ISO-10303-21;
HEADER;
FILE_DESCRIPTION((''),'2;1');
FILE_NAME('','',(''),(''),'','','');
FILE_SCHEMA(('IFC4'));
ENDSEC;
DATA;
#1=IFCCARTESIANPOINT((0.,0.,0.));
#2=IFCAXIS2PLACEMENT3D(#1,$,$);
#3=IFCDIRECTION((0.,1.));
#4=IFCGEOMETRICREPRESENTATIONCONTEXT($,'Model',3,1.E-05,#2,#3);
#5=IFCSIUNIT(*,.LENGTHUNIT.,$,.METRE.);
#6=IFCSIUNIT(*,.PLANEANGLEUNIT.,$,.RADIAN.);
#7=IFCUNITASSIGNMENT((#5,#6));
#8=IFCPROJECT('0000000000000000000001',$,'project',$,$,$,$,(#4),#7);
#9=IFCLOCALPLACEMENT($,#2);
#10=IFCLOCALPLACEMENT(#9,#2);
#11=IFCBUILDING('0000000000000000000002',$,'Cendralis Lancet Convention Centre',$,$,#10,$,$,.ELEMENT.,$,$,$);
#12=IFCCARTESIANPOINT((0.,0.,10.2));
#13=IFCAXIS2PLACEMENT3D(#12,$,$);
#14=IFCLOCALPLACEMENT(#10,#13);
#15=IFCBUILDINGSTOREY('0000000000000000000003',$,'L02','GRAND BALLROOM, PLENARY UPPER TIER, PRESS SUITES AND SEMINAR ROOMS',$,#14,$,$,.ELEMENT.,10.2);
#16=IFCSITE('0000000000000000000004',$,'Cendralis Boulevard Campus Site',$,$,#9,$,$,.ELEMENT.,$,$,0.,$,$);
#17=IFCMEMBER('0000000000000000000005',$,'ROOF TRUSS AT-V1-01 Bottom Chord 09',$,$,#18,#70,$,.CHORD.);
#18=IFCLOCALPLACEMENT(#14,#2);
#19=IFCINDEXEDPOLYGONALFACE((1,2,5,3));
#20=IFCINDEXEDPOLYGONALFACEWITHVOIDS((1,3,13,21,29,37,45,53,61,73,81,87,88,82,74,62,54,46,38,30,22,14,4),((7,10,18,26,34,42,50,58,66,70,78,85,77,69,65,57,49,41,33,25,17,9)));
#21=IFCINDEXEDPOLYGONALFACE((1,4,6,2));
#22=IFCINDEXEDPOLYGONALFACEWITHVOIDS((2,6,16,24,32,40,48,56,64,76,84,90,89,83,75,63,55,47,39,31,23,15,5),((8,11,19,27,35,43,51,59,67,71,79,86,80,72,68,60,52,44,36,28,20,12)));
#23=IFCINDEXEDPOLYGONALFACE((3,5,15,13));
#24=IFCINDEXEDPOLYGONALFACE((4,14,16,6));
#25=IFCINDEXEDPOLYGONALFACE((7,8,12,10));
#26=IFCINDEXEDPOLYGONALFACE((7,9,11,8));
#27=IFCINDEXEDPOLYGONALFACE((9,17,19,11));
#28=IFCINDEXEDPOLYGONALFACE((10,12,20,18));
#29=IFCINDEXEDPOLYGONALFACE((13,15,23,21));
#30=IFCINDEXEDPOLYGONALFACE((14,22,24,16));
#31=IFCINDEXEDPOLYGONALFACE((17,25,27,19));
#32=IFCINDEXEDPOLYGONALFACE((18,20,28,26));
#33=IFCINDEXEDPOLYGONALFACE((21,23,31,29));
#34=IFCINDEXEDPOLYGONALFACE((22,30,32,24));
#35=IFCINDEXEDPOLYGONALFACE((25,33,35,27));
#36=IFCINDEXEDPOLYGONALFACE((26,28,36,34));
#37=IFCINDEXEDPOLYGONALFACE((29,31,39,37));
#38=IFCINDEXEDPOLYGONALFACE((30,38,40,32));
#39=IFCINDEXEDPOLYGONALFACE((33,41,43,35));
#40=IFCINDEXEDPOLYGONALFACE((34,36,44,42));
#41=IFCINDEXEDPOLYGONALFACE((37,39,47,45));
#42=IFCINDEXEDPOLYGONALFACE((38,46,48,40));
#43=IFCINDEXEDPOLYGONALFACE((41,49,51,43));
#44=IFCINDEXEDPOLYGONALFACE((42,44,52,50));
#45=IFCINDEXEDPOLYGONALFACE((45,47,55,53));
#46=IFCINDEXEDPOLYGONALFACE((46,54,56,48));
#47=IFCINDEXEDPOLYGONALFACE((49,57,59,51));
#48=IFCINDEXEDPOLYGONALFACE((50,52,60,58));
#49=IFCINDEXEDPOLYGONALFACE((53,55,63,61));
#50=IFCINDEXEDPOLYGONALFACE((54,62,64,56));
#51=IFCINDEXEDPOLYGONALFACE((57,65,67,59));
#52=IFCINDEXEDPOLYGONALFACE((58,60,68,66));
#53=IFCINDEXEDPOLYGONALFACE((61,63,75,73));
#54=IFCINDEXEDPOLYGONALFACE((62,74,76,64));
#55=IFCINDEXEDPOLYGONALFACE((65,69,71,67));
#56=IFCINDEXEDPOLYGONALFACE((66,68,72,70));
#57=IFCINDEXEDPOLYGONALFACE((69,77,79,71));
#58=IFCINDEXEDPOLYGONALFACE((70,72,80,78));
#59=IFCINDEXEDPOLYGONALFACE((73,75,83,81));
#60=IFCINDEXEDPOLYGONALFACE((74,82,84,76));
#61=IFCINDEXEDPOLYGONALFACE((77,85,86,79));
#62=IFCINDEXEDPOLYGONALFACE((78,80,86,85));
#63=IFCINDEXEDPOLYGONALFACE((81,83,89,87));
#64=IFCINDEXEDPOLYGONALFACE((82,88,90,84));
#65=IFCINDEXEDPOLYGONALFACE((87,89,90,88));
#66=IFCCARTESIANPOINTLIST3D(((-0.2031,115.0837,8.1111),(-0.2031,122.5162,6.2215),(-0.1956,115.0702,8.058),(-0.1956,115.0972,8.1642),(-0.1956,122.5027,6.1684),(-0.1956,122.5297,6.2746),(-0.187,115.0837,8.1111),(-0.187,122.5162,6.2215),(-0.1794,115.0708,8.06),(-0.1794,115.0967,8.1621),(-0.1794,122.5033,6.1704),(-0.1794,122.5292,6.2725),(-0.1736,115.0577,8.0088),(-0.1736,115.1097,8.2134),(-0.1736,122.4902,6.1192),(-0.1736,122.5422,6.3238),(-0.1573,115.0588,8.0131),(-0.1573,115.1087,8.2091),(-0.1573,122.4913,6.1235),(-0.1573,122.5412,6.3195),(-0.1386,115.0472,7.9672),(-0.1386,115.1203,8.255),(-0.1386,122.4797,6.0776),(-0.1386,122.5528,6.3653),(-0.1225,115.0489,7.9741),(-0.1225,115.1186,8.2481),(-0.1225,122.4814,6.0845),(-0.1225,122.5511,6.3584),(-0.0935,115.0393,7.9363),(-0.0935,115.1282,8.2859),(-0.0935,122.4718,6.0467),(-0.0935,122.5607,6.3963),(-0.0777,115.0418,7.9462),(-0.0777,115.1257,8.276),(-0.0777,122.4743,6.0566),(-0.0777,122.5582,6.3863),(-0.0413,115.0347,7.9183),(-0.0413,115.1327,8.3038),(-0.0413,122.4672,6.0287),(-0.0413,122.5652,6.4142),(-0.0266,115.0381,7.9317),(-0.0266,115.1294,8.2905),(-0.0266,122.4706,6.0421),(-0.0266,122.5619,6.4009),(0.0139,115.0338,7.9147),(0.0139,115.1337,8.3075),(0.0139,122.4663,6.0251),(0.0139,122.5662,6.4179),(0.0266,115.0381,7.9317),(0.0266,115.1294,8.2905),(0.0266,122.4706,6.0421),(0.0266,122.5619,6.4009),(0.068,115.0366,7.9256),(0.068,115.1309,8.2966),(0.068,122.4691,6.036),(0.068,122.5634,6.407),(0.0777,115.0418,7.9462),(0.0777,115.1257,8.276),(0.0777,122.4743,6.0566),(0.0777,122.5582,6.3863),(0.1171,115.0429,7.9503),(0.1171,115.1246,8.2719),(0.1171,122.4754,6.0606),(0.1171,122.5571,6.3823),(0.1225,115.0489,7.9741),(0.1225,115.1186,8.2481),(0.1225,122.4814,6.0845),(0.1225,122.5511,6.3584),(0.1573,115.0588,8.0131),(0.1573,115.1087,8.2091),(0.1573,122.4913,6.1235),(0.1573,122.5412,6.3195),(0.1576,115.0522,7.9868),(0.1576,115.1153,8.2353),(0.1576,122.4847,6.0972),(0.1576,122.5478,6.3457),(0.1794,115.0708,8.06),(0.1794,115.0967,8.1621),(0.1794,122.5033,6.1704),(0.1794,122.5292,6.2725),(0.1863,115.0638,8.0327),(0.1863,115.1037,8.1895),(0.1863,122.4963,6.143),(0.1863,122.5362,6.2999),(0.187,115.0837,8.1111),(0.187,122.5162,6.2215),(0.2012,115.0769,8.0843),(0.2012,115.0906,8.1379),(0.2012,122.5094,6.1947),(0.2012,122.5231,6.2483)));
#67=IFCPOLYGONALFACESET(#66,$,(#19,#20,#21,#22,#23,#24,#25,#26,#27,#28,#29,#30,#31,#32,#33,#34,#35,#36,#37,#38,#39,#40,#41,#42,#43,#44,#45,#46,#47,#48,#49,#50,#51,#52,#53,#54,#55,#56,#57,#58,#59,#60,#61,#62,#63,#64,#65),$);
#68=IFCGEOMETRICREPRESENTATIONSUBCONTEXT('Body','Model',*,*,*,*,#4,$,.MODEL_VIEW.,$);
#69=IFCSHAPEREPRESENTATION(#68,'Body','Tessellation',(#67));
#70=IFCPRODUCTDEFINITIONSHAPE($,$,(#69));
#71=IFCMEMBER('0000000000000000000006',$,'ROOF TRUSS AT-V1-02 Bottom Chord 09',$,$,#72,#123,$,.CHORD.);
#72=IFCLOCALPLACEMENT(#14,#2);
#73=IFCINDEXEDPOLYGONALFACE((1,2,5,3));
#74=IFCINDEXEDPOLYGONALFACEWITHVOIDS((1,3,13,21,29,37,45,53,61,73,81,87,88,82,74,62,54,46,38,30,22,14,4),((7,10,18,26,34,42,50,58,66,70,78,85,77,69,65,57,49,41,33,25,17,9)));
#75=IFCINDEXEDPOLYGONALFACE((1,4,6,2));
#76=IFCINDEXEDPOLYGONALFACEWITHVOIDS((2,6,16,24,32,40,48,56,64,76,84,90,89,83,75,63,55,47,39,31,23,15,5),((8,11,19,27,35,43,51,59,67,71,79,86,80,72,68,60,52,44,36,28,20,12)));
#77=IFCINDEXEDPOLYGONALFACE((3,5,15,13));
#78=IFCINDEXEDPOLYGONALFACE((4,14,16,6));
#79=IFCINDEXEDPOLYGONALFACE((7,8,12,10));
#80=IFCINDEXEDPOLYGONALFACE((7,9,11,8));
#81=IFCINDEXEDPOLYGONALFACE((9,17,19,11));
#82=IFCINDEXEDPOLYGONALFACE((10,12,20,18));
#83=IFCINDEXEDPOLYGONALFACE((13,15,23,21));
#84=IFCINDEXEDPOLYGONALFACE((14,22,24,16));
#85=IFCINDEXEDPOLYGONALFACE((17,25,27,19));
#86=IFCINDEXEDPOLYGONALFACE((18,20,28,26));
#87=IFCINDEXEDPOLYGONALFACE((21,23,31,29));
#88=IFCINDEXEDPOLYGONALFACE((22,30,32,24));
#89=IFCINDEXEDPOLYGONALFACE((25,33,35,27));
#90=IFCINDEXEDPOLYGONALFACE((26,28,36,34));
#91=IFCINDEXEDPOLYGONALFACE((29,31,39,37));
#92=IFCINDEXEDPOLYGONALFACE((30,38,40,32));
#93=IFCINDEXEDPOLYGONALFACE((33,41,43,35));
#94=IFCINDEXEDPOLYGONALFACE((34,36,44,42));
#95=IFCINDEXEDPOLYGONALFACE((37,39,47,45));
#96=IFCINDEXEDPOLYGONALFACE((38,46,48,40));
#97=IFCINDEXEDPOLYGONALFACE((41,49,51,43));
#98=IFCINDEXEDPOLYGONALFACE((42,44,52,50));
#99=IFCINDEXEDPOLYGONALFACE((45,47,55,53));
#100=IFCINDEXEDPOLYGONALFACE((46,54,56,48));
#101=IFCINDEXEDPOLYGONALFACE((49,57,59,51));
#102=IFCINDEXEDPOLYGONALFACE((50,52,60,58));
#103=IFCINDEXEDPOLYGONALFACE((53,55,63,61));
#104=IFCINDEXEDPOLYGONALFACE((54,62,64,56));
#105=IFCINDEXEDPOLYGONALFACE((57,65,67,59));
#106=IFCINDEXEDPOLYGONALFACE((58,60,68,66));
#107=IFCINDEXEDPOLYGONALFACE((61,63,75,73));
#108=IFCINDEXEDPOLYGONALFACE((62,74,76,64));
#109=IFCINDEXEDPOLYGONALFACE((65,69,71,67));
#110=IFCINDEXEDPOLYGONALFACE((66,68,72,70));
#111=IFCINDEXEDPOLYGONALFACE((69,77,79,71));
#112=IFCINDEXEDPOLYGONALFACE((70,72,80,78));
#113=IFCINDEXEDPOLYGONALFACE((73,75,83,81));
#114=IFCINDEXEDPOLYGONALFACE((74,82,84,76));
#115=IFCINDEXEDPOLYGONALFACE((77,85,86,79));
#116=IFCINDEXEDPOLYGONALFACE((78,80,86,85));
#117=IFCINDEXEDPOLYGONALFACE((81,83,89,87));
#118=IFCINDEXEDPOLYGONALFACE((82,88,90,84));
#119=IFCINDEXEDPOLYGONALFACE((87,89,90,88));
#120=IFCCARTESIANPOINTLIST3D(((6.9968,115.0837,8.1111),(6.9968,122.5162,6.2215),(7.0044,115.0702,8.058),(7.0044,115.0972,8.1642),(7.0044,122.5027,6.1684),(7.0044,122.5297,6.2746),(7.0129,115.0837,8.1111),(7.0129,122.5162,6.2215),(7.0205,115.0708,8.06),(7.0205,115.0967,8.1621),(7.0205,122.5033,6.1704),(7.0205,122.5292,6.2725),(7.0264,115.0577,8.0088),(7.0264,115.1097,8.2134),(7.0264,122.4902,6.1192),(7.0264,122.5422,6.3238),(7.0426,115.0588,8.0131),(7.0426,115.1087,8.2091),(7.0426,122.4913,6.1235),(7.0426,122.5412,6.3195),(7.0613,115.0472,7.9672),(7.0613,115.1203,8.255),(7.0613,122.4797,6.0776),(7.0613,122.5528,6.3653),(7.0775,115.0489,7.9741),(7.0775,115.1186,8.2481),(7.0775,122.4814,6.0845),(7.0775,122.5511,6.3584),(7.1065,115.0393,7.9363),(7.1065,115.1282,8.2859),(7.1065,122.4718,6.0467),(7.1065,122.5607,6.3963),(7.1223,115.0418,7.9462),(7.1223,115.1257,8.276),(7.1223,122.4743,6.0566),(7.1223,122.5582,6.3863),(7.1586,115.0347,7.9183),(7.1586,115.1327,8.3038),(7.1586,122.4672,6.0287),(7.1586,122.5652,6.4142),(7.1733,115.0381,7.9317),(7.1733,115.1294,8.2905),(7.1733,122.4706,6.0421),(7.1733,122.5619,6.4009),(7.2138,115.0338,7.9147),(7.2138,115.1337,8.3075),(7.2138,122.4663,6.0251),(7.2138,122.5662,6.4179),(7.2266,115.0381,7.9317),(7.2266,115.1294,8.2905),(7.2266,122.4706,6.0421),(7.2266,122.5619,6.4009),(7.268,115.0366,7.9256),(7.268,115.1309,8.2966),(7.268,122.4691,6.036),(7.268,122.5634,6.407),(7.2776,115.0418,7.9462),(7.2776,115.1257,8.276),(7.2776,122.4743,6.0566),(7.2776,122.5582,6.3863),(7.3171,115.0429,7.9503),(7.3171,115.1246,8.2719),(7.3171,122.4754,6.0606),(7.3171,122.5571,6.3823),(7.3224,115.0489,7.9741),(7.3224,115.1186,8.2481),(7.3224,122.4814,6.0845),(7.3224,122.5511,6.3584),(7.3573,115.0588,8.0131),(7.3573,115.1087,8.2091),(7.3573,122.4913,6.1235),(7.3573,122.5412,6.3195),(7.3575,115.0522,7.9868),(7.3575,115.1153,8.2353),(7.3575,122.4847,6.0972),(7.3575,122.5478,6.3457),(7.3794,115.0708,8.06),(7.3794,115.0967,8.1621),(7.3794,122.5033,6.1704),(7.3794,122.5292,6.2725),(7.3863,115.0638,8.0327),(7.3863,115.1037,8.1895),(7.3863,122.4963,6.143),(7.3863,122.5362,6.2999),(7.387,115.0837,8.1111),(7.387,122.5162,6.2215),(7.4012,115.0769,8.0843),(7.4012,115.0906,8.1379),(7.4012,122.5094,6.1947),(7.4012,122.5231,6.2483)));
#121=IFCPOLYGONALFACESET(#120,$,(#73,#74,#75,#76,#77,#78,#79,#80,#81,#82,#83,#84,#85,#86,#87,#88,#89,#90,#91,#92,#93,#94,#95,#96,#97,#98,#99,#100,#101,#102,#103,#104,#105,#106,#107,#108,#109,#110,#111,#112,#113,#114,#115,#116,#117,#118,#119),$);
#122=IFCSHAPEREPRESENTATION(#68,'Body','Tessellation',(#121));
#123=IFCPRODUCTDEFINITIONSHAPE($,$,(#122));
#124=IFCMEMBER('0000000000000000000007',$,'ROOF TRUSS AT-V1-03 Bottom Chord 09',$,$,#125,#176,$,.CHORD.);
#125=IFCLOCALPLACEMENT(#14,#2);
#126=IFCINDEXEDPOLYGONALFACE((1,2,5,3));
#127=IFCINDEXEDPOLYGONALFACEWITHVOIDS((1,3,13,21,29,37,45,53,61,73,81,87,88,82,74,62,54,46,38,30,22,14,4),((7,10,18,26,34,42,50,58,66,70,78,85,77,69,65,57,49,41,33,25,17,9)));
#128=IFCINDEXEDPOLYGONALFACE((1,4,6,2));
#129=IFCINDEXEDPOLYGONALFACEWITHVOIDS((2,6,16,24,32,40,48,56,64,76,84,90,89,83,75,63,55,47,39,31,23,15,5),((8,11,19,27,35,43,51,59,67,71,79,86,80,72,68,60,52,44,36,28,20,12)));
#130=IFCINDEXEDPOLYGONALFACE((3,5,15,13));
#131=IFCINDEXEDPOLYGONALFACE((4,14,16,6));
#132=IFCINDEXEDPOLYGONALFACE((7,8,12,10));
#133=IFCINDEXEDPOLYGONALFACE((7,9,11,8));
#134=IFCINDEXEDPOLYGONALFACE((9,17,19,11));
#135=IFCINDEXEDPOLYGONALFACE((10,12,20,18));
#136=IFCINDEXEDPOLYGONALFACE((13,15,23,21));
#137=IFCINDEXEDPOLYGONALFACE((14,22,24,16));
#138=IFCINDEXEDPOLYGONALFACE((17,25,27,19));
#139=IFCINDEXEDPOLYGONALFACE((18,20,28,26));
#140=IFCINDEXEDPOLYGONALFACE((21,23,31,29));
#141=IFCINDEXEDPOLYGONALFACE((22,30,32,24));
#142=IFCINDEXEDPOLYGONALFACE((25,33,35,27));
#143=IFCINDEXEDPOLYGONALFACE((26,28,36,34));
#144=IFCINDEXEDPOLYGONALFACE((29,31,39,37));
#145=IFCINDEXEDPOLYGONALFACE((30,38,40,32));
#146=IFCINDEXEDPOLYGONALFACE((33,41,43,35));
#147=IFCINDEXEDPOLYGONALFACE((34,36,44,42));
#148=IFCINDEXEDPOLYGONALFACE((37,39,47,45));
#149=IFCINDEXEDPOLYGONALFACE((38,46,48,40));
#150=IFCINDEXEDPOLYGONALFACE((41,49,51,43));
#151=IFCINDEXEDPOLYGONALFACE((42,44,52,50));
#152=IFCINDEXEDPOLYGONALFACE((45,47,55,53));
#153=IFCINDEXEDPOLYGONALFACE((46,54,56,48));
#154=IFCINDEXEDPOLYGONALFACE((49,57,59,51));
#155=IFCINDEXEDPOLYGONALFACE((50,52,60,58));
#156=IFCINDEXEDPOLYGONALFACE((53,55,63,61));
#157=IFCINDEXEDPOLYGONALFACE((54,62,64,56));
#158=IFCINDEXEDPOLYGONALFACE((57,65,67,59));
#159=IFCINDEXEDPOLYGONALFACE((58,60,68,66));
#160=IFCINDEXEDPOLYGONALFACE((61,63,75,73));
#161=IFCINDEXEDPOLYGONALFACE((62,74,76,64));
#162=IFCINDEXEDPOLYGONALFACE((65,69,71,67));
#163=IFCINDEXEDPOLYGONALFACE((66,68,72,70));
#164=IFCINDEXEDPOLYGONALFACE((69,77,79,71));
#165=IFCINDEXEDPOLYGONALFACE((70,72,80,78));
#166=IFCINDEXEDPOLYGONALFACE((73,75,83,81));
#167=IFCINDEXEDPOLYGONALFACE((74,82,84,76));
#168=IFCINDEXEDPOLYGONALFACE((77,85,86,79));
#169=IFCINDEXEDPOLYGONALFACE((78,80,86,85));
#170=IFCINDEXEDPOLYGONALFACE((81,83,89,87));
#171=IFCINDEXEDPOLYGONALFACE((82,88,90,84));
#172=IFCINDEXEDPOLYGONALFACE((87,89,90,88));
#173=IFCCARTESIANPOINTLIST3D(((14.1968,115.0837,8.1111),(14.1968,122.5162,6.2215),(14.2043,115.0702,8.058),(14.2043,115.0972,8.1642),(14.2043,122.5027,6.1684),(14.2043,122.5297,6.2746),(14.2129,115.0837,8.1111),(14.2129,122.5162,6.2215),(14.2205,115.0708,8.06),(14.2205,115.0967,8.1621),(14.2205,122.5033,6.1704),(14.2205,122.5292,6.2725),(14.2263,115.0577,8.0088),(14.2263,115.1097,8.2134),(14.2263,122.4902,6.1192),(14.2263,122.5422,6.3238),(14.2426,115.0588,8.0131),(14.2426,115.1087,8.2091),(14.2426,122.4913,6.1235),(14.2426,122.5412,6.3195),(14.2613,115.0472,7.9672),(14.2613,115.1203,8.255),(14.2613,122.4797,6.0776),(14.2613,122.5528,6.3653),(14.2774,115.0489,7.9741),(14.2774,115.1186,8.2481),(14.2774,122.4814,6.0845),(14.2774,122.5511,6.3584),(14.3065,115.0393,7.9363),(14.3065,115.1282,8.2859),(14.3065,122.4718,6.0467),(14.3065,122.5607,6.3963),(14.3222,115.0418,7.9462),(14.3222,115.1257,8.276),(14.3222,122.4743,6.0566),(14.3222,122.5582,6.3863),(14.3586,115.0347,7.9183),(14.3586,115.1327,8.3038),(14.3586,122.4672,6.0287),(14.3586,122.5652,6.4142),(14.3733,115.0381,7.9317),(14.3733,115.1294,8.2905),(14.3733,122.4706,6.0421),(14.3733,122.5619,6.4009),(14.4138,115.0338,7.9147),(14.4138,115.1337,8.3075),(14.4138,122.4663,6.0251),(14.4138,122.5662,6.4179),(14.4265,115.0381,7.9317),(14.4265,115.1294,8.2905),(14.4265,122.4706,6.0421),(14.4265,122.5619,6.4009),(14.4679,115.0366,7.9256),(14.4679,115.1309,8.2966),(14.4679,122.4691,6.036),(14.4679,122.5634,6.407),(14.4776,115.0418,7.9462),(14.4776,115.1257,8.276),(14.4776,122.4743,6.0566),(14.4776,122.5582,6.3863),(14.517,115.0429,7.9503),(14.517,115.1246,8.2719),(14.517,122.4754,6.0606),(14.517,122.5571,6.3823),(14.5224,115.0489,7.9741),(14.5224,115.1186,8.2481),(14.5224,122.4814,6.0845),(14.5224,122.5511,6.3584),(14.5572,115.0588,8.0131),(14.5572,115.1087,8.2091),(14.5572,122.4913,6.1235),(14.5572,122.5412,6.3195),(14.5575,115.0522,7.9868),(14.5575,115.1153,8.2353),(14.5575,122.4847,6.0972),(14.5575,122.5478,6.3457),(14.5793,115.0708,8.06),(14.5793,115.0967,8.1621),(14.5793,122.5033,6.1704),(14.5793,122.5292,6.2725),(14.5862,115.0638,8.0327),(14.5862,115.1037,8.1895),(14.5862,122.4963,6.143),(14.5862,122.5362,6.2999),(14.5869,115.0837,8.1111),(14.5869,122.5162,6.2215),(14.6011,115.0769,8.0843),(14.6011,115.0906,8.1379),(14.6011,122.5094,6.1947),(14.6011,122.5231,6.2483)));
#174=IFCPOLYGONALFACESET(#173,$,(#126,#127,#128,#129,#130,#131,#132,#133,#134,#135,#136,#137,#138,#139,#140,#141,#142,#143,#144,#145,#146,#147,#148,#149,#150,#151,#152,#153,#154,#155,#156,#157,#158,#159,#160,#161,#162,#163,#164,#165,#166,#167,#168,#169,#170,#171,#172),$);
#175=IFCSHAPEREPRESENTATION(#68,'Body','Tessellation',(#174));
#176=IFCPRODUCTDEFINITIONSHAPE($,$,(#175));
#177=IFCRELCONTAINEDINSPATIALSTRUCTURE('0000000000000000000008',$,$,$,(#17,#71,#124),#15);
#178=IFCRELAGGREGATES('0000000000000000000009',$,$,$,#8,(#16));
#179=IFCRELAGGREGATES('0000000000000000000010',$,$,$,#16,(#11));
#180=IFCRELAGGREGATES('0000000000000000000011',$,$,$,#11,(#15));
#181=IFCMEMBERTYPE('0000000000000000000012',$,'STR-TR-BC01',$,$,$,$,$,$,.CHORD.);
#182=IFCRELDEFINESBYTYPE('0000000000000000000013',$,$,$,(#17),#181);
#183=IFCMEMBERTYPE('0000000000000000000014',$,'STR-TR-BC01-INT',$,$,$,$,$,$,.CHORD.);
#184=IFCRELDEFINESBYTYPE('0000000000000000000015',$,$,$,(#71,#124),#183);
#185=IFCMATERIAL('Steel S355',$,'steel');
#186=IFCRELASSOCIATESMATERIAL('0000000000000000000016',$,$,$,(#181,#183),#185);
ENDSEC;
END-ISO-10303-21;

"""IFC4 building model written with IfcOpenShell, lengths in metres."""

from ifc_helpers import new_model, si_unit, direction, frame, origin, origin_2d, place, context, subcontext, project, spatial, hollow_circle, extrude, material, material_profile, profile_set, type_object, element, save


model = new_model("IFC4")

# Units and contexts
model_context = context("Model", 3, precision=1e-05, world=origin(), true_north=direction((0.0, 1.0)))
body_context = subcontext(model_context, "Body", "Model", "MODEL_VIEW")
ifc_project = project(units=[si_unit("LENGTHUNIT", "METRE"), si_unit("PLANEANGLEUNIT", "RADIAN")], contexts=[model_context])

# Site, building, storey
site_placement = place(None, origin())
site = spatial("IfcSite", under=ifc_project, at=site_placement, Name="Cendralis Boulevard Campus Site", CompositionType="ELEMENT", RefElevation=0.0)
building_placement = place(site_placement, origin())
building = spatial("IfcBuilding", under=site, at=building_placement, Name="Cendralis Lancet Convention Centre", CompositionType="ELEMENT")
storey_placement = place(building_placement, frame((0.0, 0.0, 10.2)))
storey = spatial("IfcBuildingStorey", under=building, at=storey_placement, Name="L02", Description="GRAND BALLROOM, PLENARY UPPER TIER, PRESS SUITES AND SEMINAR ROOMS", CompositionType="ELEMENT", Elevation=10.2)

# Members
ifc_material = material(Name="Steel S355", Category="steel")
ifc_material_profile_1 = material_profile(ifc_material, hollow_circle(Radius=0.2031, WallThickness=0.0161, at=origin_2d()), Name="CHS 406.4x16.0")
ifc_profile_set_1 = profile_set([ifc_material_profile_1], Name="Steel S355")
member_type_1 = type_object("IfcMemberType", Name="STR-TR-BC01", PredefinedType="CHORD", material=ifc_profile_set_1)
member_1_placement = place(storey_placement, frame((0.0, 115.0837, 8.1111), z_axis=(0.0, 0.969169, -0.246399), x_axis=(-1.0, 0.0, 0.0)))
element("IfcMember", 1, at=member_1_placement, inside=storey, type_object=member_type_1, Name="ROOF TRUSS AT-V1-01 Bottom Chord 09", PredefinedType="CHORD", context=body_context, shape_type="SweptSolid", body=[
    extrude(hollow_circle(Radius=0.2031, WallThickness=0.0161, at=origin_2d()), origin(), (0.0, 0.0, 1.0), 7.6689),
])
ifc_material_profile_2 = material_profile(ifc_material, hollow_circle(Radius=0.2031, WallThickness=0.0161, at=origin_2d()), Name="CHS 406.4x16.0")
ifc_profile_set_2 = profile_set([ifc_material_profile_2], Name="Steel S355")
member_type_2 = type_object("IfcMemberType", Name="STR-TR-BC01-INT", PredefinedType="CHORD", material=ifc_profile_set_2)
for number, where, z_axis, x_axis, name in (
    (2, (7.2, 115.0837, 8.1111), (0.0, 0.969169, -0.246399), (-1.0, 0.0, 0.0), "ROOF TRUSS AT-V1-02 Bottom Chord 09"),
    (3, (14.3999, 115.0837, 8.1111), (0.0, 0.969169, -0.246399), (-1.0, 0.0, 0.0), "ROOF TRUSS AT-V1-03 Bottom Chord 09"),
):
    element("IfcMember", number, at=place(storey_placement, frame(where, z_axis=z_axis, x_axis=x_axis)), inside=storey, type_object=member_type_2, Name=name, PredefinedType="CHORD", context=body_context, shape_type="SweptSolid", body=[
        extrude(hollow_circle(Radius=0.2031, WallThickness=0.0161, at=origin_2d()), origin(), (0.0, 0.0, 1.0), 7.6689),
    ])

save(model, "model.ifc")
